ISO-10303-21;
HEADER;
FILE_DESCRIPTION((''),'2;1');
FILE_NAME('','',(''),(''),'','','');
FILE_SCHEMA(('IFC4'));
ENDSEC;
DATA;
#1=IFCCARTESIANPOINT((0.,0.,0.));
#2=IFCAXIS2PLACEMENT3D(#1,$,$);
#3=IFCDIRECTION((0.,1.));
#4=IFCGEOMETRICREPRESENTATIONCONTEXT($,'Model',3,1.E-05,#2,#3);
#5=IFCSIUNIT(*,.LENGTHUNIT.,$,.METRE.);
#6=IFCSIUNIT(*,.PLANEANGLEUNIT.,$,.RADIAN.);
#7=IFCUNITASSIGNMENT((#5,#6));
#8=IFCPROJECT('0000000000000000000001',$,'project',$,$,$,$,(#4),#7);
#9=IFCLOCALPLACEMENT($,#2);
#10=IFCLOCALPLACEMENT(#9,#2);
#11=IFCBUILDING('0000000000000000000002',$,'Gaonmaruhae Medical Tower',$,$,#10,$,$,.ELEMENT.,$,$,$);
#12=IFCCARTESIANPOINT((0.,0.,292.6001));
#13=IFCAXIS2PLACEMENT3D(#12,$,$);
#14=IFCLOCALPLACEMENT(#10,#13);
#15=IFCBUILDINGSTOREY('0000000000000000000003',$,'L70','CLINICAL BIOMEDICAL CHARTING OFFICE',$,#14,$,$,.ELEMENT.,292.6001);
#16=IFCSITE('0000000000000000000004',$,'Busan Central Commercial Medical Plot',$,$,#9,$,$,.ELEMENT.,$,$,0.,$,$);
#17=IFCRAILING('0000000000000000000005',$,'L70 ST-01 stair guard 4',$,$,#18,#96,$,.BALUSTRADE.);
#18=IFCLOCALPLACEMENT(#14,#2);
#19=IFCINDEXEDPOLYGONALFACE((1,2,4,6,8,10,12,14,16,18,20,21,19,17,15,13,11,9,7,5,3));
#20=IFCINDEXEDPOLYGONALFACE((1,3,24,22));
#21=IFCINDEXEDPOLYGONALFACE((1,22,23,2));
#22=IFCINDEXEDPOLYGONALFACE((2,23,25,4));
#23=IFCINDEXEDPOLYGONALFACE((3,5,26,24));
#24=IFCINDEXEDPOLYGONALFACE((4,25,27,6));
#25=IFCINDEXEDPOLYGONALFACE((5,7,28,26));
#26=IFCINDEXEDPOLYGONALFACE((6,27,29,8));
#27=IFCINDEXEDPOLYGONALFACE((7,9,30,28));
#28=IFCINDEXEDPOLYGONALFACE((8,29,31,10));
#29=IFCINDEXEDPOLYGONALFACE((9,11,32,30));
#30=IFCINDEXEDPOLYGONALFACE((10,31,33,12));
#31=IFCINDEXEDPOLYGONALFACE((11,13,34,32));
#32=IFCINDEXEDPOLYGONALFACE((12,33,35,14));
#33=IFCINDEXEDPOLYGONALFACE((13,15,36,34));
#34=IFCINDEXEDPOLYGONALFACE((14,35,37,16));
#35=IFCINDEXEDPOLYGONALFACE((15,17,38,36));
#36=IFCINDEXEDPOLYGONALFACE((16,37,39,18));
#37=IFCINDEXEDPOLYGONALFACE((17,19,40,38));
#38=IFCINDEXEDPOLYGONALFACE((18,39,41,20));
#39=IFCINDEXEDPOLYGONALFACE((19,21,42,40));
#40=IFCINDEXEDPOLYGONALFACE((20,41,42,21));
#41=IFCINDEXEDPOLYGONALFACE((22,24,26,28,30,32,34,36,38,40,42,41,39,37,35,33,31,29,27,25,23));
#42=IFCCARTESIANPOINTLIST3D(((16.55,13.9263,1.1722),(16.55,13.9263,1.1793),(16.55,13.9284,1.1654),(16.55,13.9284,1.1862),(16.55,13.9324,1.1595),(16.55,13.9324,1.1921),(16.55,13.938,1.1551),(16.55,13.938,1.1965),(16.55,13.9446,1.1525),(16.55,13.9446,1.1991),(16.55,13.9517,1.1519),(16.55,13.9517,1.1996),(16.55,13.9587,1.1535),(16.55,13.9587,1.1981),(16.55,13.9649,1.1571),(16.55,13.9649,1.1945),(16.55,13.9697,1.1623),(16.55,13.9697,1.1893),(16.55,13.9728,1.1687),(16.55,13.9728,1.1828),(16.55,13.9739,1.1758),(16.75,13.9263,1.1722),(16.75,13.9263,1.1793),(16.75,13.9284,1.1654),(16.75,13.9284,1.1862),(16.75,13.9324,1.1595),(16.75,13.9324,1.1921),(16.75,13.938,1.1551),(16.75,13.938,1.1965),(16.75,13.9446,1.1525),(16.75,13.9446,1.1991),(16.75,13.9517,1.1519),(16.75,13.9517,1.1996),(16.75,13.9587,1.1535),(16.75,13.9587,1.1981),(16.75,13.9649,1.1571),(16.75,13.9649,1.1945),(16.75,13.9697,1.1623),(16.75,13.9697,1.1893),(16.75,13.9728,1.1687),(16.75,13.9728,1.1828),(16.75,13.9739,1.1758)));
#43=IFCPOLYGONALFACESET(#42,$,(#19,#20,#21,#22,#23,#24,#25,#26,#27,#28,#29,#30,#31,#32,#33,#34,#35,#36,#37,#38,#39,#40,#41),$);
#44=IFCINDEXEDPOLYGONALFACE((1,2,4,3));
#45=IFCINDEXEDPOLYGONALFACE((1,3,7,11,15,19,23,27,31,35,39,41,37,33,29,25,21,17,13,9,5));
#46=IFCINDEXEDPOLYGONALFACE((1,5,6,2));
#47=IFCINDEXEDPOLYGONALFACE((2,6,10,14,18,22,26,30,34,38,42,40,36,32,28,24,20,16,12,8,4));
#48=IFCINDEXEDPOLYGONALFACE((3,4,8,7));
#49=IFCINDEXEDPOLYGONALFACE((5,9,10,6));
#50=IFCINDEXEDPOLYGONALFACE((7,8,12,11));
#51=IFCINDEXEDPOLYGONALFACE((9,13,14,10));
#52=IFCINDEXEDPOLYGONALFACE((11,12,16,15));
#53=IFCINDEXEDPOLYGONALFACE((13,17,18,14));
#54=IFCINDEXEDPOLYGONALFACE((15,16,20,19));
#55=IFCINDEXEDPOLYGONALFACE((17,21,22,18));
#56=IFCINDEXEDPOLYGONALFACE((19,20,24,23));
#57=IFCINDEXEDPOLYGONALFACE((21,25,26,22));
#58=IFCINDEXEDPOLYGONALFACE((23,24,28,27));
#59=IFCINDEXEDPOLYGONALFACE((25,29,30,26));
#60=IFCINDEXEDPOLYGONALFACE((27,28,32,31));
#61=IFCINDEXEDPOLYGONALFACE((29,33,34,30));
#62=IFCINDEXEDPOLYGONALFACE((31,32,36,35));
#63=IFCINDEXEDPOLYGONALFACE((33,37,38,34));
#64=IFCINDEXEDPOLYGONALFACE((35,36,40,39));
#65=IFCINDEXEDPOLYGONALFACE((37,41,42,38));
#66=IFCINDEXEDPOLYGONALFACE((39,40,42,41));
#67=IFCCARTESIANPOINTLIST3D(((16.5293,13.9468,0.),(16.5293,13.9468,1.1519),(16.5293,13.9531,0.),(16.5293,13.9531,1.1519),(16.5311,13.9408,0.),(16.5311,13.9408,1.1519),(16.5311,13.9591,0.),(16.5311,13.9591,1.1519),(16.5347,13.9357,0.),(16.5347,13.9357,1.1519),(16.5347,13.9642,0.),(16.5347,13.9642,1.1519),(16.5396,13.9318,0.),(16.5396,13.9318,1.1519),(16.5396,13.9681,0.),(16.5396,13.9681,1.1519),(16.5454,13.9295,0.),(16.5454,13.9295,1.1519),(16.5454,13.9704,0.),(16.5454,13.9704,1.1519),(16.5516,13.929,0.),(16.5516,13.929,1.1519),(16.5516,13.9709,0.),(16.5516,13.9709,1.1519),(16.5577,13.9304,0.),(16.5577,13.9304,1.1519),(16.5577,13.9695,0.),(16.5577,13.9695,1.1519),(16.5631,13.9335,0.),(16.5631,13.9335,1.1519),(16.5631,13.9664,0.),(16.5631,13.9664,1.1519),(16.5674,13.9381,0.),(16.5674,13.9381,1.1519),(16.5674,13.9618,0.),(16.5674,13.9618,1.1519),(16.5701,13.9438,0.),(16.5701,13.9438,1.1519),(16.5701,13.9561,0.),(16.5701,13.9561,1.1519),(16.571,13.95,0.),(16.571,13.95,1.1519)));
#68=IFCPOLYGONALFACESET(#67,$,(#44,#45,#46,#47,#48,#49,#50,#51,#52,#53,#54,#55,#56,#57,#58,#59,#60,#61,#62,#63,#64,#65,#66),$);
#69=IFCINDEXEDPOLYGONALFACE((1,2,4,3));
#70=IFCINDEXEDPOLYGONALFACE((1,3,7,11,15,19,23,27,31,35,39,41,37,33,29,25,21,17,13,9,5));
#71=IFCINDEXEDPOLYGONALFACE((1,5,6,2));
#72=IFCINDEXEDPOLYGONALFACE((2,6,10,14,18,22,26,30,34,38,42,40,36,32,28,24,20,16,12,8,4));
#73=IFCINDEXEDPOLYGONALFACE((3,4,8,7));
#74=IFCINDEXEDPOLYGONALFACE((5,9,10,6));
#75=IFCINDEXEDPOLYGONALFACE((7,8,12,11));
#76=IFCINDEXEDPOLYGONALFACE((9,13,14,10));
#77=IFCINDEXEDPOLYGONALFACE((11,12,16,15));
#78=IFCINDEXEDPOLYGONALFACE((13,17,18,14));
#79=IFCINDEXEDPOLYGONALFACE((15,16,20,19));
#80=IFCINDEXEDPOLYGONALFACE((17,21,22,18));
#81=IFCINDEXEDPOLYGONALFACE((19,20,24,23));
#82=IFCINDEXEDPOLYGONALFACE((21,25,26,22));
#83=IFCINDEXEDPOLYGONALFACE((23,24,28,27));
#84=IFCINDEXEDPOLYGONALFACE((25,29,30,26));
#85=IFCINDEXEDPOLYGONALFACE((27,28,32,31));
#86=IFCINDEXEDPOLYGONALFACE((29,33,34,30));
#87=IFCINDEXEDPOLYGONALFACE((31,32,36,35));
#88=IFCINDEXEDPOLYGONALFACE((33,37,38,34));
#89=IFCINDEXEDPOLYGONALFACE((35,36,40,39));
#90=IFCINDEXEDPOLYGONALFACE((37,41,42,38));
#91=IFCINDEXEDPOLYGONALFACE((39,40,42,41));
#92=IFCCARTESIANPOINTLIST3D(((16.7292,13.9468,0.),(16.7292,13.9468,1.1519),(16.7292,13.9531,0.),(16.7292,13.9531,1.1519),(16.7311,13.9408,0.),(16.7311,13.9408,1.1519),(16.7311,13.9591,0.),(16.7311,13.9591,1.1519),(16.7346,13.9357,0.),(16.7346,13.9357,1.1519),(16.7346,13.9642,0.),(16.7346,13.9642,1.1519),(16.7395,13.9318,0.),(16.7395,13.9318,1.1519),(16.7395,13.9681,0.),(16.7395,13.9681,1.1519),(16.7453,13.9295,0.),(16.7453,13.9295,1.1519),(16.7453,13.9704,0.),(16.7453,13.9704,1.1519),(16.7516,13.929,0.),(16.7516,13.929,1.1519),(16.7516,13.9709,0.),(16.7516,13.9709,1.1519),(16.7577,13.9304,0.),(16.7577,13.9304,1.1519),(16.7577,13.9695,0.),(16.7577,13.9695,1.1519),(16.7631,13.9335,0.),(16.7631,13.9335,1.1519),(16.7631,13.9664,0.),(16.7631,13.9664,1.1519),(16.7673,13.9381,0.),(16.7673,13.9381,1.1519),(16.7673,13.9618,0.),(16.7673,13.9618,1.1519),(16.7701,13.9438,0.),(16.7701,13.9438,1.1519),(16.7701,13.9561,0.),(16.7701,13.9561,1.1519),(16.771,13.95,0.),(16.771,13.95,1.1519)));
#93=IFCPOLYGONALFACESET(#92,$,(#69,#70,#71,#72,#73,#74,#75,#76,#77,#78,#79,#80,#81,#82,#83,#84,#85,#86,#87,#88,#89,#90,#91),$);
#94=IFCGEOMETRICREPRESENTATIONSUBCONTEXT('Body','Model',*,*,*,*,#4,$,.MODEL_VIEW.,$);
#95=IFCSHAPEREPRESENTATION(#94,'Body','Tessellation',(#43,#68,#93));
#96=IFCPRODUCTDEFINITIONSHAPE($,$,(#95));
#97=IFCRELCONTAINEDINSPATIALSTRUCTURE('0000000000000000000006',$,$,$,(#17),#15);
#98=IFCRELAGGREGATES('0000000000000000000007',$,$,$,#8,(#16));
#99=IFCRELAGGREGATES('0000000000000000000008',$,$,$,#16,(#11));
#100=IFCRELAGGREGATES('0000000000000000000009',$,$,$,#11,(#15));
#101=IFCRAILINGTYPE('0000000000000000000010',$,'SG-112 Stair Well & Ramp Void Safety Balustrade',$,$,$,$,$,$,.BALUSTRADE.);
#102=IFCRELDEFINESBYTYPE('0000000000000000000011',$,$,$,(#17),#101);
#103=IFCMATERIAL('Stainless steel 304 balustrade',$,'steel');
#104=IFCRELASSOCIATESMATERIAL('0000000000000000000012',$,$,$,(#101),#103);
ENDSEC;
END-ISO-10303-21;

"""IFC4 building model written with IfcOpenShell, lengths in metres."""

from ifc_helpers import new_model, si_unit, direction, frame, origin, origin_2d, place, context, subcontext, project, spatial, circle, extrude, material, type_object, element, save


model = new_model("IFC4")

# Units and contexts
model_context = context("Model", 3, precision=1e-05, world=origin(), true_north=direction((0.0, 1.0)))
body_context = subcontext(model_context, "Body", "Model", "MODEL_VIEW")
ifc_project = project(units=[si_unit("LENGTHUNIT", "METRE"), si_unit("PLANEANGLEUNIT", "RADIAN")], contexts=[model_context])

# Site, building, storey
site_placement = place(None, origin())
site = spatial("IfcSite", under=ifc_project, at=site_placement, Name="Busan Central Commercial Medical Plot", CompositionType="ELEMENT", RefElevation=0.0)
building_placement = place(site_placement, origin())
building = spatial("IfcBuilding", under=site, at=building_placement, Name="Gaonmaruhae Medical Tower", CompositionType="ELEMENT")
storey_placement = place(building_placement, frame((0.0, 0.0, 292.6001)))
storey = spatial("IfcBuildingStorey", under=building, at=storey_placement, Name="L70", Description="CLINICAL BIOMEDICAL CHARTING OFFICE", CompositionType="ELEMENT", Elevation=292.6001)

# Railing
ifc_material_1 = material(Name="Stainless steel 304 balustrade", Category="steel")
railing_type_1 = type_object("IfcRailingType", Name="SG-112 Stair Well & Ramp Void Safety Balustrade", PredefinedType="BALUSTRADE", material=ifc_material_1)
railing_1_placement = place(storey_placement, frame((16.55, 13.95, 0.0)))
element("IfcRailing", 1, at=railing_1_placement, inside=storey, type_object=railing_type_1, Name="L70 ST-01 stair guard 4", PredefinedType="BALUSTRADE", context=body_context, shape_type="SweptSolid", body=[
    extrude(circle(Radius=0.0239, at=origin_2d()), frame((0.0, 0.0, 1.1758), z_axis=(1.0, 0.0, 0.0), x_axis=(0.0, 1.0, 0.0)), (0.0, 0.0, 1.0), 0.2),
    extrude(circle(Radius=0.021, at=origin_2d()), origin(), (0.0, 0.0, 1.0), 1.1519),
    extrude(circle(Radius=0.021, at=origin_2d()), frame((0.2, 0.0, 0.0)), (0.0, 0.0, 1.0), 1.1519),
])

save(model, "model.ifc")
